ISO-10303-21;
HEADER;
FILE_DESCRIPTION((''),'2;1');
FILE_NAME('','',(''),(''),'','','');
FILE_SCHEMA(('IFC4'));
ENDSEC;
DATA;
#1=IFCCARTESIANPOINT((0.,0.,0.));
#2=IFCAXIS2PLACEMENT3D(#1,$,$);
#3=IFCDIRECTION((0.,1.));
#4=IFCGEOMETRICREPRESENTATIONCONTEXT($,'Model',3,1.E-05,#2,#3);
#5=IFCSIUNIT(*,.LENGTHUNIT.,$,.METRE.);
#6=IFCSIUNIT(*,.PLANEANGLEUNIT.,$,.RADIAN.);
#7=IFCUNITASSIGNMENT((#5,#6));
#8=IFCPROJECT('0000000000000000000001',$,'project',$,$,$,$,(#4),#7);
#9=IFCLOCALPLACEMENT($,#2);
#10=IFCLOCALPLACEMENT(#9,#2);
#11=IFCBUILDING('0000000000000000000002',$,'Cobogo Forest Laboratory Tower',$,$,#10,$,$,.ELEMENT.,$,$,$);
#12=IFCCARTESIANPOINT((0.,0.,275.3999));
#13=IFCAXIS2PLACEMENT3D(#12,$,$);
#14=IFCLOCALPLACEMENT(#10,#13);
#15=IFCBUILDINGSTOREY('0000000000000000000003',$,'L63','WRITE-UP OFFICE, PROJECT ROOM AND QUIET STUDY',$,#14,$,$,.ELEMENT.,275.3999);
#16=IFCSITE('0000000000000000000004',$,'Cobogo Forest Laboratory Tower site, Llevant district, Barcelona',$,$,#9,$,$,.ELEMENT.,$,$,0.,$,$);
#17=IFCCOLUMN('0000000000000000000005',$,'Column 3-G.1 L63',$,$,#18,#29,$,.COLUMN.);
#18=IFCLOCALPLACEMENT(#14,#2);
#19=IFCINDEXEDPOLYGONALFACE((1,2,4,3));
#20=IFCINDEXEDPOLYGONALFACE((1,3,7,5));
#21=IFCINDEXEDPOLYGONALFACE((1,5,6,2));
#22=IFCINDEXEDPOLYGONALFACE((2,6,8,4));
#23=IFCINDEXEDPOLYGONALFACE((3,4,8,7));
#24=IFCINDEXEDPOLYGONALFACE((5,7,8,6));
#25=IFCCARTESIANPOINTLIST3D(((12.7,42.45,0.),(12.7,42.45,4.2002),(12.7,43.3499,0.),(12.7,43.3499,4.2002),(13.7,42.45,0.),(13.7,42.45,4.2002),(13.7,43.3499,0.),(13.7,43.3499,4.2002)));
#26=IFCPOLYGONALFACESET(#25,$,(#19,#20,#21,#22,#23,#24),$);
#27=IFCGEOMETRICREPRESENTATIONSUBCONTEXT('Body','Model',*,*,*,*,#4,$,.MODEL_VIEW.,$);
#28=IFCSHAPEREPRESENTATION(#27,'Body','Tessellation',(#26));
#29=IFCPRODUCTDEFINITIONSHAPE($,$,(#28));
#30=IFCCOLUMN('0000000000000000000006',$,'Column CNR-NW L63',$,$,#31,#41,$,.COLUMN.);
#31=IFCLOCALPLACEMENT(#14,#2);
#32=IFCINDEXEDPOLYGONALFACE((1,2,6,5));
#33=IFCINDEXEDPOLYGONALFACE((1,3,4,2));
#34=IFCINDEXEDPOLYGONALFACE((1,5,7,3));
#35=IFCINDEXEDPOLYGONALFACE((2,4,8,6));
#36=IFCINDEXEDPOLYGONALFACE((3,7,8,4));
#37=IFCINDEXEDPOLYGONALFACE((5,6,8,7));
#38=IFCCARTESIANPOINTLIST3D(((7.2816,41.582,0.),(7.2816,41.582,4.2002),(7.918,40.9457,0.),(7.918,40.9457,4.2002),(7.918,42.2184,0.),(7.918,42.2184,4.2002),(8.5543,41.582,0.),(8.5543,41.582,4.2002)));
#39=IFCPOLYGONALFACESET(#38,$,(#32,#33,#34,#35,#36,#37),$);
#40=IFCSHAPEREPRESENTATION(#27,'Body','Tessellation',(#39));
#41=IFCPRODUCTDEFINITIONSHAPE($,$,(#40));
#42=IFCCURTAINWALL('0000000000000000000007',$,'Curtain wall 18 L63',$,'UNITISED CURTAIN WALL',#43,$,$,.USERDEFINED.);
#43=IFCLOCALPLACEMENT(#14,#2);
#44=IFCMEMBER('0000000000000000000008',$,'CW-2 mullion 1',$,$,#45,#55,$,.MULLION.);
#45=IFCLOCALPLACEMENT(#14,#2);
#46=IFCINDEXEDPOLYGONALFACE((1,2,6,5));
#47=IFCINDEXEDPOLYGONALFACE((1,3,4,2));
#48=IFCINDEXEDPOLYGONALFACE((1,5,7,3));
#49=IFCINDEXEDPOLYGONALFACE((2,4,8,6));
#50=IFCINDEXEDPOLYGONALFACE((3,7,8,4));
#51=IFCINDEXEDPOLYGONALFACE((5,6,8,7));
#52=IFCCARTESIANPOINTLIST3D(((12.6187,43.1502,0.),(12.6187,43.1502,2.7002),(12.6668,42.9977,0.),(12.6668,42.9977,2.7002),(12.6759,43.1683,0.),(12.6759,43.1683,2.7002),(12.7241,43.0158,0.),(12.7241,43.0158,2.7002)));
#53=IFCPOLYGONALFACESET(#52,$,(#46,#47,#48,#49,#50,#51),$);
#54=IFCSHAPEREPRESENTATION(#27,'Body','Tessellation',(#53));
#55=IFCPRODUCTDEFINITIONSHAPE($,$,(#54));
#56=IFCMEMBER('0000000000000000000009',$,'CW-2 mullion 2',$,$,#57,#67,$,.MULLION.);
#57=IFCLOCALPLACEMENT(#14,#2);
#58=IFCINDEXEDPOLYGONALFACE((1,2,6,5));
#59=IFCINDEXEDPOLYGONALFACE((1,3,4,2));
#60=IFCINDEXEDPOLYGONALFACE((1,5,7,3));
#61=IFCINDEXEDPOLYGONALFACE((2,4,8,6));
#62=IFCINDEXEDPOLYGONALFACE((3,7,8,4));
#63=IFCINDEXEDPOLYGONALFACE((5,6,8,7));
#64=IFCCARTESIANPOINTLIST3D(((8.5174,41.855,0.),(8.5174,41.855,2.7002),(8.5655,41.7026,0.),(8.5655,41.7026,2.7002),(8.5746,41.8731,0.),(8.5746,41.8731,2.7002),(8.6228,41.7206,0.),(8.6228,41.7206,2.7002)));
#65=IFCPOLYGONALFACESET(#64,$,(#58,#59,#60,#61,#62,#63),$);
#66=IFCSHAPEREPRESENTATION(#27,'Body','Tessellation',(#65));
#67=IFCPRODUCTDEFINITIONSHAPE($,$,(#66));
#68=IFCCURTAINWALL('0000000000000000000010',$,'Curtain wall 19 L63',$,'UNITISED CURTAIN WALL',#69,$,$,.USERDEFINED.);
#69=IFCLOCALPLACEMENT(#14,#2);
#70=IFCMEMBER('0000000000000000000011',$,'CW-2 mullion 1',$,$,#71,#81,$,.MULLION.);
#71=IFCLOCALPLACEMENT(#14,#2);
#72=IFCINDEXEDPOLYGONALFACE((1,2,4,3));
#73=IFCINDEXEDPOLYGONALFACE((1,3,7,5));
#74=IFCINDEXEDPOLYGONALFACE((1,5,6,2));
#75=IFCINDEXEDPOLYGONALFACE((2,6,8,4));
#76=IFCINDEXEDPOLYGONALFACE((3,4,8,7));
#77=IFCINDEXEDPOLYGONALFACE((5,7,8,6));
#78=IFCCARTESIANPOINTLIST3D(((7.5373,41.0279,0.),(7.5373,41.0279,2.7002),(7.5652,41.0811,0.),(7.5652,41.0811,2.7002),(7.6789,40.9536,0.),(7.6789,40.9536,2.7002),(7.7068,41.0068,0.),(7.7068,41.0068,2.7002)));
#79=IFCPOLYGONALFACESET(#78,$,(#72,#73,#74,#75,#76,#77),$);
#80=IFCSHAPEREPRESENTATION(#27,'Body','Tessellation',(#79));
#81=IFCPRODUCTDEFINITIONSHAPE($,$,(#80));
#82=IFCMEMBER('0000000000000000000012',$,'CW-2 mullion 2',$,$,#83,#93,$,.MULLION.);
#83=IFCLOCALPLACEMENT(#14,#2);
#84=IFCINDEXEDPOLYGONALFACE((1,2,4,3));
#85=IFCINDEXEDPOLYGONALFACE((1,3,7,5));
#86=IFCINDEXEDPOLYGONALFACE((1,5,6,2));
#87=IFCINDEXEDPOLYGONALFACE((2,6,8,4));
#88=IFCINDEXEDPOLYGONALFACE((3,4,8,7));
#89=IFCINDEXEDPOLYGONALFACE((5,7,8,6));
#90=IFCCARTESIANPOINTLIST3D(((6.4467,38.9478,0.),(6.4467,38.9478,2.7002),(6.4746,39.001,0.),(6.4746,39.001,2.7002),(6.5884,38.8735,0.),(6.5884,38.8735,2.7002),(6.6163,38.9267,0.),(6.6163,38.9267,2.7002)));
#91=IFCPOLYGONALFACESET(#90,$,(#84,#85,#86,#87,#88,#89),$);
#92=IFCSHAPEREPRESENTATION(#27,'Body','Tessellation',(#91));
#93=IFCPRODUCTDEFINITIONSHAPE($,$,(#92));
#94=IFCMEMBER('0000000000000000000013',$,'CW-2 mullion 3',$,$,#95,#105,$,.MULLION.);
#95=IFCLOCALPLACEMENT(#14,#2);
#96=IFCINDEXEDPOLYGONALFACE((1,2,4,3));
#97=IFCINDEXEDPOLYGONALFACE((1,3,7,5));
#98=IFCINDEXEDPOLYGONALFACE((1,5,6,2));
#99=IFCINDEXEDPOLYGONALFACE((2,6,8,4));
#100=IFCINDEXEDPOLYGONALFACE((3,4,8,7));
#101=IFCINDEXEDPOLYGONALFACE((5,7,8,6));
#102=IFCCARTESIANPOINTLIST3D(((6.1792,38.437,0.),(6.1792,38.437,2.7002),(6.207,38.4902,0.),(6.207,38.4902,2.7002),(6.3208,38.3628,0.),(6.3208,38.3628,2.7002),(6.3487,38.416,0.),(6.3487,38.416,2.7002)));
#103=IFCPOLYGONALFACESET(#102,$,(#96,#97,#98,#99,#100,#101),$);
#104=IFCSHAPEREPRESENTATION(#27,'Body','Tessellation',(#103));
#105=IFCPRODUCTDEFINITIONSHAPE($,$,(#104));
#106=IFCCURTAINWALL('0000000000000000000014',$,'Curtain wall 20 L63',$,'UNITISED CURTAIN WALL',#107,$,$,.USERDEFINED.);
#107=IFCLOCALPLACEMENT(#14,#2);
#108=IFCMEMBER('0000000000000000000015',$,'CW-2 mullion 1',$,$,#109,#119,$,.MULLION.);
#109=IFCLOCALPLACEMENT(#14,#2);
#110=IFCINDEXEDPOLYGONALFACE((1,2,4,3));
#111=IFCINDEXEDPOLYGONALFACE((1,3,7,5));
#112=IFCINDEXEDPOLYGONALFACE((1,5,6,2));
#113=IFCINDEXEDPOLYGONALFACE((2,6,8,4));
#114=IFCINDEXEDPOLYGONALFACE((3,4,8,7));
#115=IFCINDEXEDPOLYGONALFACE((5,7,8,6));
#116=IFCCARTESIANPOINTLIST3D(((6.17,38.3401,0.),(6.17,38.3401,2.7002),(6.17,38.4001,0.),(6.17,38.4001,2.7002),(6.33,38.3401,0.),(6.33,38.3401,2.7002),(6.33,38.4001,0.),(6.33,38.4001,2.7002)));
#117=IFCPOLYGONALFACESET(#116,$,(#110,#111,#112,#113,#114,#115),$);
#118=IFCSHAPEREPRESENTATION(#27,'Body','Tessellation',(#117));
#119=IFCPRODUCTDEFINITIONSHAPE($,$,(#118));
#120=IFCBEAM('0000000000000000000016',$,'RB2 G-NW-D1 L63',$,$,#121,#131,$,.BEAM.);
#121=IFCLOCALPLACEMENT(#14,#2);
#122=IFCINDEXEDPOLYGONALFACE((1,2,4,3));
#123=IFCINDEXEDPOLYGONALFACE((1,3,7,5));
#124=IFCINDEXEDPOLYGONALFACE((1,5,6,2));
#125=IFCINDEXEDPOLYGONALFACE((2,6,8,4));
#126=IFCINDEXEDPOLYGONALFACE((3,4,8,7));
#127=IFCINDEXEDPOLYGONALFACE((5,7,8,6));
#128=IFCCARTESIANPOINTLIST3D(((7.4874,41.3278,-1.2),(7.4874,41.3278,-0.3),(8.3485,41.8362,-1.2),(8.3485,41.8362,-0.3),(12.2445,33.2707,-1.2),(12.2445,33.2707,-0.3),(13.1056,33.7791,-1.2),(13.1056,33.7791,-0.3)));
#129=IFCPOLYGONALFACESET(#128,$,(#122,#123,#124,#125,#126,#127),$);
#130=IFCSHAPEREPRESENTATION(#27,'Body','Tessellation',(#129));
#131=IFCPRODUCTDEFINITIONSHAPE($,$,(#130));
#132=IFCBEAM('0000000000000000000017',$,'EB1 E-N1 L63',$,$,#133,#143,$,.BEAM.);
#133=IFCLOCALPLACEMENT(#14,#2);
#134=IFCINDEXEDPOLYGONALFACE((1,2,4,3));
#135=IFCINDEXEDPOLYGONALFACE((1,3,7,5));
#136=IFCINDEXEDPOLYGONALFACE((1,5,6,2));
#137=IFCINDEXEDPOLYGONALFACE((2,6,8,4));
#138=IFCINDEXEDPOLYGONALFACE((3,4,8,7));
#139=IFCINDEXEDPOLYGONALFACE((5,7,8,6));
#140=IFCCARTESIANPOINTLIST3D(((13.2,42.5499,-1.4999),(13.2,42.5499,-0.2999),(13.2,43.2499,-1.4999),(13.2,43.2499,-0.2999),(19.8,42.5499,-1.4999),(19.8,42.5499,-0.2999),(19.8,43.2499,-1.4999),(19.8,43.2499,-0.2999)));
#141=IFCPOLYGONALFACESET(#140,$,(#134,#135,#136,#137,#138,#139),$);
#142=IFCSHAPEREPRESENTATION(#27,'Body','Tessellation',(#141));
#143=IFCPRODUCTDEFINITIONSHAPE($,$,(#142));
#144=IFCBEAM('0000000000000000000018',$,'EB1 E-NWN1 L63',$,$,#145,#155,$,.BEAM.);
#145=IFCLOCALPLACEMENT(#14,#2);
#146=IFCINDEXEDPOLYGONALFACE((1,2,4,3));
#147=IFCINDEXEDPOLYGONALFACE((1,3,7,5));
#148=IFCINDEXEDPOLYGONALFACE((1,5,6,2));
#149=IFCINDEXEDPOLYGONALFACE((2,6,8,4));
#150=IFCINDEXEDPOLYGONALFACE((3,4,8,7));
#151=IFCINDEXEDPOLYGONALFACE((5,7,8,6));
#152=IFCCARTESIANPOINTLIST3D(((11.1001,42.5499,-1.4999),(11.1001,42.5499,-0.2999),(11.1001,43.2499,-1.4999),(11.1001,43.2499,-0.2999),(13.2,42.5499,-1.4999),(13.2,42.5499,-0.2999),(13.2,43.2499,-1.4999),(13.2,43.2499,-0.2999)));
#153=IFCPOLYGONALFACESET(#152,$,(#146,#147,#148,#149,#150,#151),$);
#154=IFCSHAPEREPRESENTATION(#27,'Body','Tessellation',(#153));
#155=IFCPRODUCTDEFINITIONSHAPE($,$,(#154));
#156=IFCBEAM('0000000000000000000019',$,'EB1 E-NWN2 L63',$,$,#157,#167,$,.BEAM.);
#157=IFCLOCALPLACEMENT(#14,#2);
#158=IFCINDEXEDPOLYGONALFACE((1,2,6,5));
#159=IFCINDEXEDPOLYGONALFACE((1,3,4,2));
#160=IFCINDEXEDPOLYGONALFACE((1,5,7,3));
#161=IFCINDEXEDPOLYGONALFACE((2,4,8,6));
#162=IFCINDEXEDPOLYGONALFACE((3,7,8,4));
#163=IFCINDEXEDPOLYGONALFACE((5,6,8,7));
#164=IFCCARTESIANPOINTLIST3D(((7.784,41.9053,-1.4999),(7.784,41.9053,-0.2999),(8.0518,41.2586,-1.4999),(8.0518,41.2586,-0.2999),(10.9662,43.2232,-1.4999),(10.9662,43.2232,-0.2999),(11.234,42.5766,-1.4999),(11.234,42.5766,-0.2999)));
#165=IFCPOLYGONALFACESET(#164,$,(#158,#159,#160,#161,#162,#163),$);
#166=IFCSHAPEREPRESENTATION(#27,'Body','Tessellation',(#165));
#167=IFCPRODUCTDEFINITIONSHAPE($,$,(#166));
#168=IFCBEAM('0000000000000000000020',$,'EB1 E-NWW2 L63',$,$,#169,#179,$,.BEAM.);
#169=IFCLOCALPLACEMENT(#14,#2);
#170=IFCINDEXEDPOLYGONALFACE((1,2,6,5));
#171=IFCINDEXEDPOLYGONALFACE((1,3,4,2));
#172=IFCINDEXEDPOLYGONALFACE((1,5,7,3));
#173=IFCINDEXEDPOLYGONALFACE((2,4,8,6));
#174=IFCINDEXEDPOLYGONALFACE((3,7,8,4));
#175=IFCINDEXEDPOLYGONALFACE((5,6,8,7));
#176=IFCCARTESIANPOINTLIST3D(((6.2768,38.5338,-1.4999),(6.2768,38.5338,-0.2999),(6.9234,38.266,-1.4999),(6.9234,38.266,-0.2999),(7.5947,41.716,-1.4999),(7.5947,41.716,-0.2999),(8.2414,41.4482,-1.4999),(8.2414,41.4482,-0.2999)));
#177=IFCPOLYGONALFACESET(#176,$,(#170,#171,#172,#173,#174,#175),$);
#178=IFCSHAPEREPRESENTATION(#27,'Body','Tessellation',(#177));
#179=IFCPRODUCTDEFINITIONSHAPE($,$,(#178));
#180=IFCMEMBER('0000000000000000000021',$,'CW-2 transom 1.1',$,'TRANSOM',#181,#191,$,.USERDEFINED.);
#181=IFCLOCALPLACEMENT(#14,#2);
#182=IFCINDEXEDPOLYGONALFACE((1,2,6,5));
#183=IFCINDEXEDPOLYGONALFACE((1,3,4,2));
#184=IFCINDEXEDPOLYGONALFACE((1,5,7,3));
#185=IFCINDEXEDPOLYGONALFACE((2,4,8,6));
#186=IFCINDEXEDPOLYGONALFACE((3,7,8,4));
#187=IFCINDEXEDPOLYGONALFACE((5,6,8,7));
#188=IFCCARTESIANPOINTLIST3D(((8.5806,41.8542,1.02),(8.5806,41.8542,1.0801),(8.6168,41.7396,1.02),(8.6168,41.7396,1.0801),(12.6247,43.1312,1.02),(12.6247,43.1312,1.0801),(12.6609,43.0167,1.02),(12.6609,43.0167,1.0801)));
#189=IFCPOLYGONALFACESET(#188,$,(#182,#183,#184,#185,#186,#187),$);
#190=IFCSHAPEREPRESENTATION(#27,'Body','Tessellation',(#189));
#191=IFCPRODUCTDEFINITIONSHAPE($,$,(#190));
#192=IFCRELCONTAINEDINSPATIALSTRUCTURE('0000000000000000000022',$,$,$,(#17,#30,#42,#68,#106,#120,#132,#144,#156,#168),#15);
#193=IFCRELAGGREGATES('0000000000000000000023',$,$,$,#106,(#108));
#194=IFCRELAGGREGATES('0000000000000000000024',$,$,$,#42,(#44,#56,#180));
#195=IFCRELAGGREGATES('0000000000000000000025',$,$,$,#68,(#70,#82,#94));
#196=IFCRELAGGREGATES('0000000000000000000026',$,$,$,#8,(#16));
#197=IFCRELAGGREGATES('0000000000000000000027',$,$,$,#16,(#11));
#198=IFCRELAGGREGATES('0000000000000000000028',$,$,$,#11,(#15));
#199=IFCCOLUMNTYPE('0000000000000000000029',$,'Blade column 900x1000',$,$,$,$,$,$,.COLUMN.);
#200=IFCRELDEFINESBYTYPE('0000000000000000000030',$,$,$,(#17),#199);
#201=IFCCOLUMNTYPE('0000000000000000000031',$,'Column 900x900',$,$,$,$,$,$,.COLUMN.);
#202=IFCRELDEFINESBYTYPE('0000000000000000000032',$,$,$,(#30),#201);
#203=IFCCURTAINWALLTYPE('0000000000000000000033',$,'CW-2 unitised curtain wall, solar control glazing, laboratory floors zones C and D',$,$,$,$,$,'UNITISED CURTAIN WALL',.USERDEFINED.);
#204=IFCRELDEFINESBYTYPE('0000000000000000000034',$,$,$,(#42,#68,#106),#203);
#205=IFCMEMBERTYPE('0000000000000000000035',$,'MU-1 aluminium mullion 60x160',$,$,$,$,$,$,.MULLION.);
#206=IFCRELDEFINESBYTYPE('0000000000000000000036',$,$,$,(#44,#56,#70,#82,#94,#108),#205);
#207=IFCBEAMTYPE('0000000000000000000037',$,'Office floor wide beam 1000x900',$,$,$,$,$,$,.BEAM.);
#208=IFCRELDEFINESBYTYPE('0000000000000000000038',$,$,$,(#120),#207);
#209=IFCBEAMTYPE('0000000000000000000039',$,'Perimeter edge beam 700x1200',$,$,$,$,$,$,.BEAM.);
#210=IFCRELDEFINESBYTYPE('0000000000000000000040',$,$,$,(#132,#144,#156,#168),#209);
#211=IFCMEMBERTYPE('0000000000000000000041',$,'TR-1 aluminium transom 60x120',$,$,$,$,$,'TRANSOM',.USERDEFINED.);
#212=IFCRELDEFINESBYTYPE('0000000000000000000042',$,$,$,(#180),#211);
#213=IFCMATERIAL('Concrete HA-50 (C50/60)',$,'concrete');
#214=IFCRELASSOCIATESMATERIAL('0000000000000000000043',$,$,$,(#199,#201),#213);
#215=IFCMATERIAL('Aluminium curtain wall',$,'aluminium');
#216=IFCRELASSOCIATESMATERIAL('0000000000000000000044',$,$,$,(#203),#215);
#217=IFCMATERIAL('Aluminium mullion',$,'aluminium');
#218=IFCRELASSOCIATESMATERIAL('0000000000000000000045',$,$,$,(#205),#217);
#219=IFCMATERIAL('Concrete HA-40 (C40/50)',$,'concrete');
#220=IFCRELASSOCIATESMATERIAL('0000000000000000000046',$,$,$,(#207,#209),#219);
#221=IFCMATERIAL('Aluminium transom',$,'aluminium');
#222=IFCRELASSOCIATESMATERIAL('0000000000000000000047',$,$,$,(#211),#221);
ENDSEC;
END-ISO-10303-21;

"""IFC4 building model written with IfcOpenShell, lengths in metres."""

from ifc_helpers import new_model, si_unit, direction, frame, origin, origin_2d, place, context, subcontext, project, spatial, rectangle, extrude, material, material_profile, profile_set, type_object, element, aggregate, save


model = new_model("IFC4")

# Units and contexts
model_context = context("Model", 3, precision=1e-05, world=origin(), true_north=direction((0.0, 1.0)))
body_context = subcontext(model_context, "Body", "Model", "MODEL_VIEW")
ifc_project = project(units=[si_unit("LENGTHUNIT", "METRE"), si_unit("PLANEANGLEUNIT", "RADIAN")], contexts=[model_context])

# Site, building, storey
site_placement = place(None, origin())
site = spatial("IfcSite", under=ifc_project, at=site_placement, Name="Cobogo Forest Laboratory Tower site, Llevant district, Barcelona", CompositionType="ELEMENT", RefElevation=0.0)
building_placement = place(site_placement, origin())
building = spatial("IfcBuilding", under=site, at=building_placement, Name="Cobogo Forest Laboratory Tower", CompositionType="ELEMENT")
storey_placement = place(building_placement, frame((0.0, 0.0, 275.3999)))
storey = spatial("IfcBuildingStorey", under=building, at=storey_placement, Name="L63", Description="WRITE-UP OFFICE, PROJECT ROOM AND QUIET STUDY", CompositionType="ELEMENT", Elevation=275.3999)

# Columns
ifc_material_1 = material(Name="Concrete HA-50 (C50/60)", Category="concrete")
ifc_material_profile_1 = material_profile(ifc_material_1, rectangle(XDim=1.0, YDim=0.8999, at=origin_2d()), Name="RC 900x1000")
ifc_profile_set_1 = profile_set([ifc_material_profile_1], Name="Concrete HA-50 (C50/60)")
column_type_1 = type_object("IfcColumnType", Name="Blade column 900x1000", PredefinedType="COLUMN", material=ifc_profile_set_1)
column_1_placement = place(storey_placement, frame((13.2, 42.8999, 0.0), z_axis=(0.0, 0.0, 1.0), x_axis=(1.0, 0.0, 0.0)))
element("IfcColumn", 1, at=column_1_placement, inside=storey, type_object=column_type_1, Name="Column 3-G.1 L63", PredefinedType="COLUMN", context=body_context, shape_type="SweptSolid", body=[
    extrude(rectangle(XDim=1.0, YDim=0.8999, at=origin_2d()), origin(), (0.0, 0.0, 1.0), 4.2002),
])
ifc_material_profile_2 = material_profile(ifc_material_1, rectangle(XDim=0.8999, YDim=0.8999, at=origin_2d()), Name="RC 900x900")
ifc_profile_set_2 = profile_set([ifc_material_profile_2], Name="Concrete HA-50 (C50/60)")
column_type_2 = type_object("IfcColumnType", Name="Column 900x900", PredefinedType="COLUMN", material=ifc_profile_set_2)
column_2_placement = place(storey_placement, frame((7.918, 41.582, 0.0), z_axis=(0.0, 0.0, 1.0), x_axis=(0.707107, 0.707107, 0.0)))
element("IfcColumn", 2, at=column_2_placement, inside=storey, type_object=column_type_2, Name="Column CNR-NW L63", PredefinedType="COLUMN", context=body_context, shape_type="SweptSolid", body=[
    extrude(rectangle(XDim=0.8999, YDim=0.8999, at=origin_2d()), origin(), (0.0, 0.0, 1.0), 4.2002),
])

# Curtain walls, members
ifc_material_2 = material(Name="Aluminium curtain wall", Category="aluminium")
curtain_wall_type = type_object("IfcCurtainWallType", Name="CW-2 unitised curtain wall, solar control glazing, laboratory floors zones C and D", ElementType="UNITISED CURTAIN WALL", PredefinedType="USERDEFINED", material=ifc_material_2)
curtain_wall_1_placement = place(storey_placement, origin())
curtain_wall_1 = element("IfcCurtainWall", 3, at=curtain_wall_1_placement, inside=storey, type_object=curtain_wall_type, Name="Curtain wall 18 L63", ObjectType="UNITISED CURTAIN WALL", PredefinedType="USERDEFINED")
ifc_material_3 = material(Name="Aluminium mullion", Category="aluminium")
ifc_material_profile_3 = material_profile(ifc_material_3, rectangle(XDim=0.0601, YDim=0.1599, at=origin_2d()), Name="AL 60x160")
ifc_profile_set_3 = profile_set([ifc_material_profile_3], Name="Aluminium mullion")
member_type_1 = type_object("IfcMemberType", Name="MU-1 aluminium mullion 60x160", PredefinedType="MULLION", material=ifc_profile_set_3)
member_1_placement = place(storey_placement, frame((12.6714, 43.083, 0.0), z_axis=(0.0, 0.0, 1.0), x_axis=(-0.953581, -0.301135, 0.0)))
member_1 = element("IfcMember", 4, at=member_1_placement, type_object=member_type_1, Name="CW-2 mullion 1", PredefinedType="MULLION", context=body_context, shape_type="SweptSolid", body=[
    extrude(rectangle(XDim=0.0601, YDim=0.1599, at=origin_2d()), origin(), (0.0, 0.0, 1.0), 2.7002),
])
member_2_placement = place(storey_placement, frame((8.5701, 41.7878, 0.0), z_axis=(0.0, 0.0, 1.0), x_axis=(-0.953581, -0.301135, 0.0)))
member_2 = element("IfcMember", 5, at=member_2_placement, type_object=member_type_1, Name="CW-2 mullion 2", PredefinedType="MULLION", context=body_context, shape_type="SweptSolid", body=[
    extrude(rectangle(XDim=0.0601, YDim=0.1599, at=origin_2d()), origin(), (0.0, 0.0, 1.0), 2.7002),
])
curtain_wall_2_placement = place(storey_placement, origin())
curtain_wall_2 = element("IfcCurtainWall", 6, at=curtain_wall_2_placement, inside=storey, type_object=curtain_wall_type, Name="Curtain wall 19 L63", ObjectType="UNITISED CURTAIN WALL", PredefinedType="USERDEFINED")
member_3_placement = place(storey_placement, frame((7.6221, 41.0173, 0.0), z_axis=(0.0, 0.0, 1.0), x_axis=(-0.464284, -0.885686, 0.0)))
member_3 = element("IfcMember", 7, at=member_3_placement, type_object=member_type_1, Name="CW-2 mullion 1", PredefinedType="MULLION", context=body_context, shape_type="SweptSolid", body=[
    extrude(rectangle(XDim=0.0601, YDim=0.1599, at=origin_2d()), origin(), (0.0, 0.0, 1.0), 2.7002),
])
member_4_placement = place(storey_placement, frame((6.5315, 38.9373, 0.0), z_axis=(0.0, 0.0, 1.0), x_axis=(-0.464284, -0.885686, 0.0)))
member_4 = element("IfcMember", 8, at=member_4_placement, type_object=member_type_1, Name="CW-2 mullion 2", PredefinedType="MULLION", context=body_context, shape_type="SweptSolid", body=[
    extrude(rectangle(XDim=0.0601, YDim=0.1599, at=origin_2d()), origin(), (0.0, 0.0, 1.0), 2.7002),
])
member_5_placement = place(storey_placement, frame((6.2639, 38.4265, 0.0), z_axis=(0.0, 0.0, 1.0), x_axis=(-0.464284, -0.885686, 0.0)))
member_5 = element("IfcMember", 9, at=member_5_placement, type_object=member_type_1, Name="CW-2 mullion 3", PredefinedType="MULLION", context=body_context, shape_type="SweptSolid", body=[
    extrude(rectangle(XDim=0.0601, YDim=0.1599, at=origin_2d()), origin(), (0.0, 0.0, 1.0), 2.7002),
])

# Curtain wall, member
curtain_wall_3_placement = place(storey_placement, origin())
curtain_wall_3 = element("IfcCurtainWall", 10, at=curtain_wall_3_placement, inside=storey, type_object=curtain_wall_type, Name="Curtain wall 20 L63", ObjectType="UNITISED CURTAIN WALL", PredefinedType="USERDEFINED")
member_6_placement = place(storey_placement, frame((6.25, 38.3701, 0.0), z_axis=(0.0, 0.0, 1.0), x_axis=(0.0, -1.0, 0.0)))
member_6 = element("IfcMember", 11, at=member_6_placement, type_object=member_type_1, Name="CW-2 mullion 1", PredefinedType="MULLION", context=body_context, shape_type="SweptSolid", body=[
    extrude(rectangle(XDim=0.0601, YDim=0.1599, at=origin_2d()), origin(), (0.0, 0.0, 1.0), 2.7002),
])
aggregate(curtain_wall_3, [member_6])

# Beams
ifc_material_4 = material(Name="Concrete HA-40 (C40/50)", Category="concrete")
ifc_material_profile_4 = material_profile(ifc_material_4, rectangle(XDim=1.0, YDim=0.8999, at=origin_2d()), Name="RC 1000x900")
ifc_profile_set_4 = profile_set([ifc_material_profile_4], Name="Concrete HA-40 (C40/50)")
beam_type_1 = type_object("IfcBeamType", Name="Office floor wide beam 1000x900", PredefinedType="BEAM", material=ifc_profile_set_4)
beam_1_placement = place(storey_placement, frame((7.918, 41.582, -0.75), z_axis=(0.508416, -0.861111, 0.0), x_axis=(0.861111, 0.508416, 0.0)))
element("IfcBeam", 12, at=beam_1_placement, inside=storey, type_object=beam_type_1, Name="RB2 G-NW-D1 L63", PredefinedType="BEAM", context=body_context, shape_type="SweptSolid", body=[
    extrude(rectangle(XDim=1.0, YDim=0.8999, at=origin_2d()), origin(), (0.0, 0.0, 1.0), 9.3567),
])
ifc_material_profile_5 = material_profile(ifc_material_4, rectangle(XDim=0.7, YDim=1.2, at=origin_2d()), Name="RC 700x1200")
ifc_profile_set_5 = profile_set([ifc_material_profile_5], Name="Concrete HA-40 (C40/50)")
beam_type_2 = type_object("IfcBeamType", Name="Perimeter edge beam 700x1200", PredefinedType="BEAM", material=ifc_profile_set_5)
beam_2_placement = place(storey_placement, frame((13.2, 42.8999, -0.8999), z_axis=(1.0, 0.0, 0.0), x_axis=(0.0, 1.0, 0.0)))
element("IfcBeam", 13, at=beam_2_placement, inside=storey, type_object=beam_type_2, Name="EB1 E-N1 L63", PredefinedType="BEAM", context=body_context, shape_type="SweptSolid", body=[
    extrude(rectangle(XDim=0.7, YDim=1.2, at=origin_2d()), origin(), (0.0, 0.0, 1.0), 6.6001),
])
beam_3_placement = place(storey_placement, frame((13.2, 42.8999, -0.8999), z_axis=(-1.0, 0.0, 0.0), x_axis=(0.0, -1.0, 0.0)))
element("IfcBeam", 14, at=beam_3_placement, inside=storey, type_object=beam_type_2, Name="EB1 E-NWN1 L63", PredefinedType="BEAM", context=body_context, shape_type="SweptSolid", body=[
    extrude(rectangle(XDim=0.7, YDim=1.2, at=origin_2d()), origin(), (0.0, 0.0, 1.0), 2.0999),
])
for number, where, z_axis, x_axis, name in (
    (15, (11.1001, 42.8999, -0.8999), (-0.923901, -0.382631, 0.0), (0.382631, -0.923901, 0.0), "EB1 E-NWN2 L63"),
    (16, (6.6001, 38.3999, -0.8999), (0.382631, 0.923901, 0.0), (-0.923901, 0.382631, 0.0), "EB1 E-NWW2 L63"),
):
    element("IfcBeam", number, at=place(storey_placement, frame(where, z_axis=z_axis, x_axis=x_axis)), inside=storey, type_object=beam_type_2, Name=name, PredefinedType="BEAM", context=body_context, shape_type="SweptSolid", body=[
        extrude(rectangle(XDim=0.7, YDim=1.2, at=origin_2d()), origin(), (0.0, 0.0, 1.0), 3.4443),
    ])

# Member
ifc_material_5 = material(Name="Aluminium transom", Category="aluminium")
ifc_material_profile_6 = material_profile(ifc_material_5, rectangle(XDim=0.1201, YDim=0.0601, at=origin_2d()), Name="AL 60x120")
ifc_profile_set_6 = profile_set([ifc_material_profile_6], Name="Aluminium transom")
member_type_2 = type_object("IfcMemberType", Name="TR-1 aluminium transom 60x120", ElementType="TRANSOM", PredefinedType="USERDEFINED", material=ifc_profile_set_6)
member_7_placement = place(storey_placement, frame((12.6428, 43.074, 1.05), z_axis=(-0.953584, -0.301129, 0.0), x_axis=(0.301129, -0.953584, 0.0)))
member_7 = element("IfcMember", 17, at=member_7_placement, type_object=member_type_2, Name="CW-2 transom 1.1", ObjectType="TRANSOM", PredefinedType="USERDEFINED", context=body_context, shape_type="SweptSolid", body=[
    extrude(rectangle(XDim=0.1201, YDim=0.0601, at=origin_2d()), origin(), (0.0, 0.0, 1.0), 4.241),
])

aggregate(curtain_wall_1, [member_1, member_2, member_7])
aggregate(curtain_wall_2, [member_3, member_4, member_5])

save(model, "model.ifc")
